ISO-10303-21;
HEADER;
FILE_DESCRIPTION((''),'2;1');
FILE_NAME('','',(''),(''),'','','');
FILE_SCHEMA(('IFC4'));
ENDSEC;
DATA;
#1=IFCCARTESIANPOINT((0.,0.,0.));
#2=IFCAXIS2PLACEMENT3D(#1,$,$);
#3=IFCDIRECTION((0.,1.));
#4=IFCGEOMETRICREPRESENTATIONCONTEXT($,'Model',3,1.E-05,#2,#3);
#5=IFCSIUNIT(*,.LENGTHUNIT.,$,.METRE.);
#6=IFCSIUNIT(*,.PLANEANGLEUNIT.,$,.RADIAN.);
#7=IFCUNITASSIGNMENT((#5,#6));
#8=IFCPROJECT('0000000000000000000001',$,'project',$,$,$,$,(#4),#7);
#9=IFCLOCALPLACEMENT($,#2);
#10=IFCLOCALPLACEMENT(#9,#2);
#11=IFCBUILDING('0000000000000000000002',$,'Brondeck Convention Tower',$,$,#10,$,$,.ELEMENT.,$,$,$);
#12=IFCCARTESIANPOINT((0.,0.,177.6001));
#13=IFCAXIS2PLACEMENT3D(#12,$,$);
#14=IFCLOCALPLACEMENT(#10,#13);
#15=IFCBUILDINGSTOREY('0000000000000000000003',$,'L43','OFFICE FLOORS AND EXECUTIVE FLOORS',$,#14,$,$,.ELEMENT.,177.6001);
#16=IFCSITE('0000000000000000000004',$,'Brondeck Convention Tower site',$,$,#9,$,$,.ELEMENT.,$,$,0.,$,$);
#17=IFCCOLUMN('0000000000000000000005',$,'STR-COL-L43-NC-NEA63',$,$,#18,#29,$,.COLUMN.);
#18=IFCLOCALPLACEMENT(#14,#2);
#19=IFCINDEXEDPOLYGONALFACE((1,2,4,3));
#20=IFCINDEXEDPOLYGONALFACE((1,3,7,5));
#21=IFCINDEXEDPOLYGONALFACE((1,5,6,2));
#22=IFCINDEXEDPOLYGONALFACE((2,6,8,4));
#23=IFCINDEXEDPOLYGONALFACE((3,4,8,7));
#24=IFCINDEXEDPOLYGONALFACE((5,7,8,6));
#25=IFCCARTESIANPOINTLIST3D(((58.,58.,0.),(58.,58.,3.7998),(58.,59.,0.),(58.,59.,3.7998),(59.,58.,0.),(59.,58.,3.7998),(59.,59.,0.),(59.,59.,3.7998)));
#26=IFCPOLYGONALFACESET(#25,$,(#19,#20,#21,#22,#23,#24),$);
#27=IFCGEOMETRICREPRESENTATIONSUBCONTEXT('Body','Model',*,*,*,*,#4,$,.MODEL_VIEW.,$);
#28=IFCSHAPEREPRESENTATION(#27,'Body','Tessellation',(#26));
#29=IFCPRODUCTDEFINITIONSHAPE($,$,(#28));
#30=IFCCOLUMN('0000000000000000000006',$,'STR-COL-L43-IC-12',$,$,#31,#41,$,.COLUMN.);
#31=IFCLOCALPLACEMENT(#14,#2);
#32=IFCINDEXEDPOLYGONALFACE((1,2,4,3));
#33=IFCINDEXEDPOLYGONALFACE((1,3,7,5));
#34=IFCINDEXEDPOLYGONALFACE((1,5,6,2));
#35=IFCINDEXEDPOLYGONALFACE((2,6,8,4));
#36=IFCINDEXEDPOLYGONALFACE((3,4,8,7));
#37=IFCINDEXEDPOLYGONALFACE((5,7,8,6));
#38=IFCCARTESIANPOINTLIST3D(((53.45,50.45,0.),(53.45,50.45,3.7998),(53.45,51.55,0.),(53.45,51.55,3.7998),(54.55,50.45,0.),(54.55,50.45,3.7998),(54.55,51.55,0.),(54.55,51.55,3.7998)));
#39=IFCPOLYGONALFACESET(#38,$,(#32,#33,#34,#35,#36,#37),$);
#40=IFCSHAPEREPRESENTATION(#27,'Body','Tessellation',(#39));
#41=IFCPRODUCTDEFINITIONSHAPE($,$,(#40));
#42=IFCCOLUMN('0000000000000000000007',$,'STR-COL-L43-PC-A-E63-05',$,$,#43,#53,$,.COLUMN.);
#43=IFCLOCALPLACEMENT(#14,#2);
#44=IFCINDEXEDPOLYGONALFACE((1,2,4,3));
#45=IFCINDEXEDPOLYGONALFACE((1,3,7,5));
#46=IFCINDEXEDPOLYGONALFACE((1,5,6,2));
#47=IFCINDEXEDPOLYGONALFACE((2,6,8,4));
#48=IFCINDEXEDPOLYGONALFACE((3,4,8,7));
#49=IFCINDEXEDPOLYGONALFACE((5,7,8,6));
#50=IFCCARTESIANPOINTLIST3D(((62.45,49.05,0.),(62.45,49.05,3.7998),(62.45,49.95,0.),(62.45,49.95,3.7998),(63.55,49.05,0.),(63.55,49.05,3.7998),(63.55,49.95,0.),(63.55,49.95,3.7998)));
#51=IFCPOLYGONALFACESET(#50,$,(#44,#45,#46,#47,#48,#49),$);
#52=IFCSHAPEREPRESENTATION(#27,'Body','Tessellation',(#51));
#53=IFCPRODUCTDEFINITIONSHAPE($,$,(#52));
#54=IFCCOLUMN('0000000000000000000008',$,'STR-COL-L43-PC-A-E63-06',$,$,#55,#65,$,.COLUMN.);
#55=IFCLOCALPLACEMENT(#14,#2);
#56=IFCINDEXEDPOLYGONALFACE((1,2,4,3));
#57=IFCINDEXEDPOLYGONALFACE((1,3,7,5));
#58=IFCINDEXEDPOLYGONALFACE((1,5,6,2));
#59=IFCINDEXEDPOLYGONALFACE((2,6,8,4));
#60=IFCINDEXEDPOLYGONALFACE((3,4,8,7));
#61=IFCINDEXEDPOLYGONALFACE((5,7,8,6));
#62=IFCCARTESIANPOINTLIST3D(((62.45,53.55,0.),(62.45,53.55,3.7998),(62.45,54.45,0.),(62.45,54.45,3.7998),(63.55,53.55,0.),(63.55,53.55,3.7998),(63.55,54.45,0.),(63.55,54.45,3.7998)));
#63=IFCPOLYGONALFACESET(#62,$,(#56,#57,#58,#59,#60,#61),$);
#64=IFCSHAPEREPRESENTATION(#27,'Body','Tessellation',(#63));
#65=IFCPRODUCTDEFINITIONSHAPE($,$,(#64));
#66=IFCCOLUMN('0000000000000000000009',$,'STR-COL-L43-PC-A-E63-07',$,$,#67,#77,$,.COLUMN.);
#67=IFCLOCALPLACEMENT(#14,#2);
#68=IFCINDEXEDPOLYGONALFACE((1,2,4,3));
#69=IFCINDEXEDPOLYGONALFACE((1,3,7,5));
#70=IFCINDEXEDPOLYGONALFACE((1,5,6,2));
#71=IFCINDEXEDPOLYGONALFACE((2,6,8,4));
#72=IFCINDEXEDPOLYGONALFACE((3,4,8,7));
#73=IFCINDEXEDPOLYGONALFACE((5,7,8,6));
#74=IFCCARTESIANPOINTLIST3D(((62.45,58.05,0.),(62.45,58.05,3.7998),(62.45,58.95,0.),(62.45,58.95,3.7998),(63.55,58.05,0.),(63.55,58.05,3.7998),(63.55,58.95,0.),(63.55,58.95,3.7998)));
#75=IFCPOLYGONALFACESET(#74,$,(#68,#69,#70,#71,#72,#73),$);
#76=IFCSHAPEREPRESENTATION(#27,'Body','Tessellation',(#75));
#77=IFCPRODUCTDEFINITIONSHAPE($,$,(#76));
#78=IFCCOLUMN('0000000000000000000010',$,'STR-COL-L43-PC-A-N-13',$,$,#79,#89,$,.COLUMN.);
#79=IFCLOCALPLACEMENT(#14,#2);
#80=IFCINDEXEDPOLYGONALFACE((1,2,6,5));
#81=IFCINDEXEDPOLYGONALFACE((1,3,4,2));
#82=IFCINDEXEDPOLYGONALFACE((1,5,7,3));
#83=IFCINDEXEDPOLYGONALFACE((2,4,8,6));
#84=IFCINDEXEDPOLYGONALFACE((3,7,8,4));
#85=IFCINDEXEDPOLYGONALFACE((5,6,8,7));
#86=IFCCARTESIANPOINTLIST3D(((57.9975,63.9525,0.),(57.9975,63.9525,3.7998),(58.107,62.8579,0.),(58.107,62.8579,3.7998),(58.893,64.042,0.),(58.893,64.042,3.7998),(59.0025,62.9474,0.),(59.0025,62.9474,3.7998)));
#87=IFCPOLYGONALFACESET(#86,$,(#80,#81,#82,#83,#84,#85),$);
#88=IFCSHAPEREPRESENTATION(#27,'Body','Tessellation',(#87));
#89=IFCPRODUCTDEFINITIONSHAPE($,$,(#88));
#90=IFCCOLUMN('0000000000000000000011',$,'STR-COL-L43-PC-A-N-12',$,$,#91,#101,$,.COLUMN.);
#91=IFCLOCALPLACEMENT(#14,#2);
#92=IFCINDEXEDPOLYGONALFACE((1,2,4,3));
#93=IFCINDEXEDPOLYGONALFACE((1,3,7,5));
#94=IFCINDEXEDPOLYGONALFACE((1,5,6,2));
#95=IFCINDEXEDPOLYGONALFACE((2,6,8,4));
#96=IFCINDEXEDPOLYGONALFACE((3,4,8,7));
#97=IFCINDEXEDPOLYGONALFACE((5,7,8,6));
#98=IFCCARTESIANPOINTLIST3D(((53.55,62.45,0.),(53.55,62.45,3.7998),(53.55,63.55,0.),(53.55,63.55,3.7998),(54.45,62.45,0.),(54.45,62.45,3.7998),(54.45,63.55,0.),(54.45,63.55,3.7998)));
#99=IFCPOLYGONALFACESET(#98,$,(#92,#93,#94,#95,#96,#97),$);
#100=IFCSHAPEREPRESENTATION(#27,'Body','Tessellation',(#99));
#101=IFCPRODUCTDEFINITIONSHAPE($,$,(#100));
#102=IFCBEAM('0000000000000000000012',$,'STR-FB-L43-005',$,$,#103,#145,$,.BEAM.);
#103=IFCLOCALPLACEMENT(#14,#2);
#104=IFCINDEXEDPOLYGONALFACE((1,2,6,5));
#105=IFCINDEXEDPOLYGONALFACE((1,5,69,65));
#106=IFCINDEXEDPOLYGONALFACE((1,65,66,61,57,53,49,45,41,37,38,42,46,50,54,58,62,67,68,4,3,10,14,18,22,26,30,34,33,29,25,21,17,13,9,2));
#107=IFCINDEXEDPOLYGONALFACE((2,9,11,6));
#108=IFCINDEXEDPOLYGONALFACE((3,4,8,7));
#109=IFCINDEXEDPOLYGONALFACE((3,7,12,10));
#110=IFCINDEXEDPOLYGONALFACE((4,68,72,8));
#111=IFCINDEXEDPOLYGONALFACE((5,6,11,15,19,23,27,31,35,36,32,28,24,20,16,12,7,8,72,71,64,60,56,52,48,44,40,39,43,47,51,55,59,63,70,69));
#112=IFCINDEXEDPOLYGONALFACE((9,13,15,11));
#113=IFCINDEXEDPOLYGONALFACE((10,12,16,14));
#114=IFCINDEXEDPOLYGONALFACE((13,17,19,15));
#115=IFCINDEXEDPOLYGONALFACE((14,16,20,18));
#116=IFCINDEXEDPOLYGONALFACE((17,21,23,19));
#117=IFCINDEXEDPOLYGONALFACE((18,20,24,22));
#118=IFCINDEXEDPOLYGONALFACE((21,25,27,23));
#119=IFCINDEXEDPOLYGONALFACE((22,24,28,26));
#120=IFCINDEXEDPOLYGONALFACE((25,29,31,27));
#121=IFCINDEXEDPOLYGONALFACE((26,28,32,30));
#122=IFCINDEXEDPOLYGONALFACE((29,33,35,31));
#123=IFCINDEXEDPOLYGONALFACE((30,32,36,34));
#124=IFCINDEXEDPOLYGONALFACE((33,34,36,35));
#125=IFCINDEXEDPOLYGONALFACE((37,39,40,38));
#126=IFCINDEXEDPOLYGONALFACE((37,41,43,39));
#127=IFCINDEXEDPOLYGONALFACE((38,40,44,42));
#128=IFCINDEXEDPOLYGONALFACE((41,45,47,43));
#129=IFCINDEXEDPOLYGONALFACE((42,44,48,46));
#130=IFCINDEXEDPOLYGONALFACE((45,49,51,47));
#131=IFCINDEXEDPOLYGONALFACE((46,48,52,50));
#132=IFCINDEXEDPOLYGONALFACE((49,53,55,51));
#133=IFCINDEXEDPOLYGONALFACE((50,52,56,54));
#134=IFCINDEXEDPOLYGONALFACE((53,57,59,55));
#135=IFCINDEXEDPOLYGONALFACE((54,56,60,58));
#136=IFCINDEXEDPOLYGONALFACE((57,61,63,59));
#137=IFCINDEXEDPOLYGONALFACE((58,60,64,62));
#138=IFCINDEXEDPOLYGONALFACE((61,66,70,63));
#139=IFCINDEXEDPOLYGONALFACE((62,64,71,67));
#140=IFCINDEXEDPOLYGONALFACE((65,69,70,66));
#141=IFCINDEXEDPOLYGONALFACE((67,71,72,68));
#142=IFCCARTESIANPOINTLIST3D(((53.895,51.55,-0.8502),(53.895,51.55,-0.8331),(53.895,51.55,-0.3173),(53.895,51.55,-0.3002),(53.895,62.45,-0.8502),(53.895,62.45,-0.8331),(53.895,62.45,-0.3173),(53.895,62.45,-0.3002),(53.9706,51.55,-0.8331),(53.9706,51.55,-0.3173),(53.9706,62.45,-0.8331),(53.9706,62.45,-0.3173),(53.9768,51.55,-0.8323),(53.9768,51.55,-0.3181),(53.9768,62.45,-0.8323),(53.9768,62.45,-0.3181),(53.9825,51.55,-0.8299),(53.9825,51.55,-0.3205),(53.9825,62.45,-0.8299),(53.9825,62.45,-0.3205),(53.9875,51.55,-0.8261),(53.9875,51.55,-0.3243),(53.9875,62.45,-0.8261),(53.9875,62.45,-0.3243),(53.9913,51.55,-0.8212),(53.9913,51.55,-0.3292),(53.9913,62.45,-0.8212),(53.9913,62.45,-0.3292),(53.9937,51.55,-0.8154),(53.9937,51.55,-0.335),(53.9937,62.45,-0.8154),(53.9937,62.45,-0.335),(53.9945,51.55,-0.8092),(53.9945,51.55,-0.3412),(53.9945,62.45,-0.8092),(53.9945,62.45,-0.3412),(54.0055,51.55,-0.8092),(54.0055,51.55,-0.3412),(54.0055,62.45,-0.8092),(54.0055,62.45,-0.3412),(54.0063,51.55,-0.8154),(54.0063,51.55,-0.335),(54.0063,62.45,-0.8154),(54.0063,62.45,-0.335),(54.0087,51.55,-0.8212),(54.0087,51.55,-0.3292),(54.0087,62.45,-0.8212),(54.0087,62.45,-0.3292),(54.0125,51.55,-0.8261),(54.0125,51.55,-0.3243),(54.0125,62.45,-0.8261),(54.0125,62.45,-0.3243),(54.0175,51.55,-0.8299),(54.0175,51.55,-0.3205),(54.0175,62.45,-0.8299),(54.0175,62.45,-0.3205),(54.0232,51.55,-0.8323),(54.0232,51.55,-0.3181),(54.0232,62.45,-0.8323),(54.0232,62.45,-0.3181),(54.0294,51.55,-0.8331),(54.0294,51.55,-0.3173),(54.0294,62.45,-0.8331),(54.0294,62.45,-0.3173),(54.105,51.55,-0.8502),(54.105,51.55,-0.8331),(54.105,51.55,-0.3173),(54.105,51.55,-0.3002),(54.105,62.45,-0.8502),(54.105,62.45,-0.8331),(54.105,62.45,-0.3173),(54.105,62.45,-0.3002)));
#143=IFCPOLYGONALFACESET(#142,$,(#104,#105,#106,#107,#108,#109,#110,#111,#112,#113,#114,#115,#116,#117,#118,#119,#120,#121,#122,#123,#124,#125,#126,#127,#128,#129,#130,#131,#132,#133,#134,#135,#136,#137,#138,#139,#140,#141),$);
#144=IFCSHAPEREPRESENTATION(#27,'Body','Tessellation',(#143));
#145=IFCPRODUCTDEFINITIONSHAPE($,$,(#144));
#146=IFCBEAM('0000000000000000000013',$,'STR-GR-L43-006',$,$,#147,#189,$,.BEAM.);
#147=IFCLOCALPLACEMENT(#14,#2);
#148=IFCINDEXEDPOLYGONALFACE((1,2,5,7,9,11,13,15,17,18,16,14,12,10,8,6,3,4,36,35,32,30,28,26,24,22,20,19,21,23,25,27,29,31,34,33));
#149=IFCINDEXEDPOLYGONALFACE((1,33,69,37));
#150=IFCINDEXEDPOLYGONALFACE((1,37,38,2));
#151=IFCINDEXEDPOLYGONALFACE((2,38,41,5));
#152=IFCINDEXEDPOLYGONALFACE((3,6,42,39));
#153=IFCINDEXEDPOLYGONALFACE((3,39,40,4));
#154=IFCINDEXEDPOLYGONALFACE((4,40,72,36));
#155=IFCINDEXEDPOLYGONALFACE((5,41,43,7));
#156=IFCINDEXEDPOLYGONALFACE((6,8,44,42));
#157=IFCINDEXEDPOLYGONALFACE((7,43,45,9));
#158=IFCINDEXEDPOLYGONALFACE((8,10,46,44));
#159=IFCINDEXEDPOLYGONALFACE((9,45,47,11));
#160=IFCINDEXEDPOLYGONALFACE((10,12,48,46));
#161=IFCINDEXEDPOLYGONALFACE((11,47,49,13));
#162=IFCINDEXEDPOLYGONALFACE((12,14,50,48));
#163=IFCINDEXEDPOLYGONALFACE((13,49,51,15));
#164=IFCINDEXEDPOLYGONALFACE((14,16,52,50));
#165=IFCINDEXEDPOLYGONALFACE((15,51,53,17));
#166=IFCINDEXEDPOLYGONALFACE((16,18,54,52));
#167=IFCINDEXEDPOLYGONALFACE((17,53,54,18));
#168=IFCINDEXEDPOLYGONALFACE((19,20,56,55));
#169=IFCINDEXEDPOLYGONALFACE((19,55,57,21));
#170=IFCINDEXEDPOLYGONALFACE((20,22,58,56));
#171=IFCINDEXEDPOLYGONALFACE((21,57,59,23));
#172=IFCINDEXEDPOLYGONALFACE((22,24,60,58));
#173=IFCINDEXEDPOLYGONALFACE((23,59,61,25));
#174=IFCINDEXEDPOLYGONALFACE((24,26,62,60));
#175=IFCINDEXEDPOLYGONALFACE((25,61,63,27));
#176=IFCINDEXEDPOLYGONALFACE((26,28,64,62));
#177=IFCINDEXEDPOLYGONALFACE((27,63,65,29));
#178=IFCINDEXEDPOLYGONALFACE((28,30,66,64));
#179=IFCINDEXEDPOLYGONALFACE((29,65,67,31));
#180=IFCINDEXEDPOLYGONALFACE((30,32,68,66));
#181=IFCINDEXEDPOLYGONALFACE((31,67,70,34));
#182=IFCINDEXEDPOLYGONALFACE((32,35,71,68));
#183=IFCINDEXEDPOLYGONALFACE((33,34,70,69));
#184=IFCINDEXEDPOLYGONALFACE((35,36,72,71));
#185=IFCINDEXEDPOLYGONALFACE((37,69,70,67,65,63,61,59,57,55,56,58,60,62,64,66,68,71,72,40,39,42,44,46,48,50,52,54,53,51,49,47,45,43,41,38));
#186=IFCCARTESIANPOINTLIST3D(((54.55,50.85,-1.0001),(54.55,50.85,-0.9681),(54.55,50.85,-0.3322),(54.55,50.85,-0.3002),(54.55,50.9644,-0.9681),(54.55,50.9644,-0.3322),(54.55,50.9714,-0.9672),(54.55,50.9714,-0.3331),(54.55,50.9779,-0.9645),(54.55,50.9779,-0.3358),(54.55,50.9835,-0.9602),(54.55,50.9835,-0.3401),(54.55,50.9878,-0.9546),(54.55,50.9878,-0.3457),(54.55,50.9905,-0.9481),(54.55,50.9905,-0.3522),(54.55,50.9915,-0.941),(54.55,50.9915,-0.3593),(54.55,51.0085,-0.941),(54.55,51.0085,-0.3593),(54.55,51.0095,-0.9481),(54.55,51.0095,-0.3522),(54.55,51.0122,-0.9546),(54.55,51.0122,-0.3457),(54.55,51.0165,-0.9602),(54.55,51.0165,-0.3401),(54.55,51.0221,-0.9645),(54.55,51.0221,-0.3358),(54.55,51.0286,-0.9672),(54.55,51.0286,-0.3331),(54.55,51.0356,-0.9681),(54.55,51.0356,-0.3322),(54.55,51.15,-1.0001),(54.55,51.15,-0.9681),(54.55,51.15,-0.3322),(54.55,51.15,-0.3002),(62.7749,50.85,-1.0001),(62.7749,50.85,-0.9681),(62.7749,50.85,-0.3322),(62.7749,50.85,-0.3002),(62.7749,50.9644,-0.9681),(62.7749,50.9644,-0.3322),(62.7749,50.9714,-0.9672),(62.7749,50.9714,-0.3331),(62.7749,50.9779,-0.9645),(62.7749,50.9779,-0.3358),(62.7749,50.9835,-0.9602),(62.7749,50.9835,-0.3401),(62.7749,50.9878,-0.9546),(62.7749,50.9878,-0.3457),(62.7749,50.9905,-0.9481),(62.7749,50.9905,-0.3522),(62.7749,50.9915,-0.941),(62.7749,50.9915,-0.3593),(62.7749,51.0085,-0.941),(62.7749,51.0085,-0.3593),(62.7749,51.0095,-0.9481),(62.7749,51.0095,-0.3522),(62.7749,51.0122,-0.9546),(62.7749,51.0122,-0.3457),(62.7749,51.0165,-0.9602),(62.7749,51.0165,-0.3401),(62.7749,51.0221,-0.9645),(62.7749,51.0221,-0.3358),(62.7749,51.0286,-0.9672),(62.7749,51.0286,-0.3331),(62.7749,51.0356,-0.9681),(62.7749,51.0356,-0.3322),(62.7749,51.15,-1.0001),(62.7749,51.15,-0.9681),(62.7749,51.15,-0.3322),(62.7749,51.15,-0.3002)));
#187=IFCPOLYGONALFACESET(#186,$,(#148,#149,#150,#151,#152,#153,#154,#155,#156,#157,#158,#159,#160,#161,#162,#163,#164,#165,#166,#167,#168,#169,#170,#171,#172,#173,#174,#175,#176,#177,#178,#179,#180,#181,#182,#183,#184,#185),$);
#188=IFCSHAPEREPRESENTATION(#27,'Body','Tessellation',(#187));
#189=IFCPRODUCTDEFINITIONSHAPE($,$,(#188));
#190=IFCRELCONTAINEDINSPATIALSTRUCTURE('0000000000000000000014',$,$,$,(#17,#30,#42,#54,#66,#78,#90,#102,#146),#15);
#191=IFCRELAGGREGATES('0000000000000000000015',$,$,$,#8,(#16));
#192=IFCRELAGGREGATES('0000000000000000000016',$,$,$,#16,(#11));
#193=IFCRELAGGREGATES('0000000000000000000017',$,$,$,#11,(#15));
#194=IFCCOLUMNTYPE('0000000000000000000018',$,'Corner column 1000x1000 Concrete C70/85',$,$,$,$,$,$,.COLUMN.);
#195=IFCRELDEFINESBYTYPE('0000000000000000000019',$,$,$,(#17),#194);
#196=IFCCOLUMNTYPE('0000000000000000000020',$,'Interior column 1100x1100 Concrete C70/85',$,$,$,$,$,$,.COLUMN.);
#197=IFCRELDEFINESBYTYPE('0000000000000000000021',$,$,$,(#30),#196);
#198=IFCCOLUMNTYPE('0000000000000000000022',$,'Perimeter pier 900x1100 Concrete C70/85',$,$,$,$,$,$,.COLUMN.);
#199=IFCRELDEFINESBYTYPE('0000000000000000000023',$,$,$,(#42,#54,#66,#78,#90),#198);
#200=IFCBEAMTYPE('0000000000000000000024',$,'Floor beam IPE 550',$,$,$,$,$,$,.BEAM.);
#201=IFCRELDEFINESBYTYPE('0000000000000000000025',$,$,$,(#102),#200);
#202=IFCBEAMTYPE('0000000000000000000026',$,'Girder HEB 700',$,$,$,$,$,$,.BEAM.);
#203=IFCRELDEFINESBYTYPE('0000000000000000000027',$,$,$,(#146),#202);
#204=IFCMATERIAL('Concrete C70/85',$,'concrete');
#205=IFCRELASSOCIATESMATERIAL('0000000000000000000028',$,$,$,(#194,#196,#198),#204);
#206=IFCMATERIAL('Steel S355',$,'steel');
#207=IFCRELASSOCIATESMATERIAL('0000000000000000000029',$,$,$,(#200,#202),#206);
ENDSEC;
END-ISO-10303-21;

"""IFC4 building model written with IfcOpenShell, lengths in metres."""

from ifc_helpers import new_model, si_unit, direction, frame, origin, origin_2d, place, context, subcontext, project, spatial, rectangle, i_section, extrude, material, material_profile, profile_set, type_object, element, save


model = new_model("IFC4")

# Units and contexts
model_context = context("Model", 3, precision=1e-05, world=origin(), true_north=direction((0.0, 1.0)))
body_context = subcontext(model_context, "Body", "Model", "MODEL_VIEW")
ifc_project = project(units=[si_unit("LENGTHUNIT", "METRE"), si_unit("PLANEANGLEUNIT", "RADIAN")], contexts=[model_context])

# Site, building, storey
site_placement = place(None, origin())
site = spatial("IfcSite", under=ifc_project, at=site_placement, Name="Brondeck Convention Tower site", CompositionType="ELEMENT", RefElevation=0.0)
building_placement = place(site_placement, origin())
building = spatial("IfcBuilding", under=site, at=building_placement, Name="Brondeck Convention Tower", CompositionType="ELEMENT")
storey_placement = place(building_placement, frame((0.0, 0.0, 177.6001)))
storey = spatial("IfcBuildingStorey", under=building, at=storey_placement, Name="L43", Description="OFFICE FLOORS AND EXECUTIVE FLOORS", CompositionType="ELEMENT", Elevation=177.6001)

# Columns
ifc_material_1 = material(Name="Concrete C70/85", Category="concrete")
ifc_material_profile_1 = material_profile(ifc_material_1, rectangle(XDim=1.0, YDim=1.0, at=origin_2d()), Name="Corner column 1000x1000 Concrete C70/85")
ifc_profile_set_1 = profile_set([ifc_material_profile_1], Name="Concrete C70/85")
column_type_1 = type_object("IfcColumnType", Name="Corner column 1000x1000 Concrete C70/85", PredefinedType="COLUMN", material=ifc_profile_set_1)
column_1_placement = place(storey_placement, frame((58.5, 58.5, 0.0), z_axis=(0.0, 0.0, 1.0), x_axis=(1.0, 0.0, 0.0)))
element("IfcColumn", 1, at=column_1_placement, inside=storey, type_object=column_type_1, Name="STR-COL-L43-NC-NEA63", PredefinedType="COLUMN", context=body_context, shape_type="SweptSolid", body=[
    extrude(rectangle(XDim=1.0, YDim=1.0, at=origin_2d()), origin(), (0.0, 0.0, 1.0), 3.7998),
])
ifc_material_profile_2 = material_profile(ifc_material_1, rectangle(XDim=1.1001, YDim=1.1001, at=origin_2d()), Name="Interior column 1100x1100 Concrete C70/85")
ifc_profile_set_2 = profile_set([ifc_material_profile_2], Name="Concrete C70/85")
column_type_2 = type_object("IfcColumnType", Name="Interior column 1100x1100 Concrete C70/85", PredefinedType="COLUMN", material=ifc_profile_set_2)
column_2_placement = place(storey_placement, frame((54.0, 51.0, 0.0), z_axis=(0.0, 0.0, 1.0), x_axis=(1.0, 0.0, 0.0)))
element("IfcColumn", 2, at=column_2_placement, inside=storey, type_object=column_type_2, Name="STR-COL-L43-IC-12", PredefinedType="COLUMN", context=body_context, shape_type="SweptSolid", body=[
    extrude(rectangle(XDim=1.1001, YDim=1.1001, at=origin_2d()), origin(), (0.0, 0.0, 1.0), 3.7998),
])
ifc_material_profile_3 = material_profile(ifc_material_1, rectangle(XDim=0.8999, YDim=1.1001, at=origin_2d()), Name="Perimeter pier 900x1100 Concrete C70/85")
ifc_profile_set_3 = profile_set([ifc_material_profile_3], Name="Concrete C70/85")
column_type_3 = type_object("IfcColumnType", Name="Perimeter pier 900x1100 Concrete C70/85", PredefinedType="COLUMN", material=ifc_profile_set_3)
for number, where, z_axis, x_axis, name in (
    (3, (63.0, 49.5, 0.0), (0.0, 0.0, 1.0), (0.0, 1.0, 0.0), "STR-COL-L43-PC-A-E63-05"),
    (4, (63.0, 54.0, 0.0), (0.0, 0.0, 1.0), (0.0, 1.0, 0.0), "STR-COL-L43-PC-A-E63-06"),
    (5, (63.0, 58.5, 0.0), (0.0, 0.0, 1.0), (0.0, 1.0, 0.0), "STR-COL-L43-PC-A-E63-07"),
    (6, (58.5, 63.45, 0.0), (0.0, 0.0, 1.0), (-0.995037, -0.099504, 0.0), "STR-COL-L43-PC-A-N-13"),
    (7, (54.0, 63.0, 0.0), (0.0, 0.0, 1.0), (-1.0, 0.0, 0.0), "STR-COL-L43-PC-A-N-12"),
):
    element("IfcColumn", number, at=place(storey_placement, frame(where, z_axis=z_axis, x_axis=x_axis)), inside=storey, type_object=column_type_3, Name=name, PredefinedType="COLUMN", context=body_context, shape_type="SweptSolid", body=[
        extrude(rectangle(XDim=0.8999, YDim=1.1001, at=origin_2d()), origin(), (0.0, 0.0, 1.0), 3.7998),
    ])

# Beams
ifc_material_2 = material(Name="Steel S355", Category="steel")
ifc_material_profile_4 = material_profile(ifc_material_2, i_section(OverallWidth=0.21, OverallDepth=0.55, WebThickness=0.011, FlangeThickness=0.0171, FilletRadius=0.0239, at=origin_2d()), Name="IPE 550")
ifc_profile_set_4 = profile_set([ifc_material_profile_4], Name="Steel S355")
beam_type_1 = type_object("IfcBeamType", Name="Floor beam IPE 550", PredefinedType="BEAM", material=ifc_profile_set_4)
beam_1_placement = place(storey_placement, frame((54.0, 51.55, -0.5752), z_axis=(0.0, 1.0, 0.0), x_axis=(-1.0, 0.0, 0.0)))
element("IfcBeam", 8, at=beam_1_placement, inside=storey, type_object=beam_type_1, Name="STR-FB-L43-005", PredefinedType="BEAM", context=body_context, shape_type="SweptSolid", body=[
    extrude(i_section(OverallWidth=0.21, OverallDepth=0.55, WebThickness=0.011, FlangeThickness=0.0171, FilletRadius=0.0239, at=origin_2d()), origin(), (0.0, 0.0, 1.0), 10.8999),
])
ifc_material_profile_5 = material_profile(ifc_material_2, i_section(OverallWidth=0.3, OverallDepth=0.7, WebThickness=0.0171, FlangeThickness=0.032, FilletRadius=0.0271, at=origin_2d()), Name="HEB 700")
ifc_profile_set_5 = profile_set([ifc_material_profile_5], Name="Steel S355")
beam_type_2 = type_object("IfcBeamType", Name="Girder HEB 700", PredefinedType="BEAM", material=ifc_profile_set_5)
beam_2_placement = place(storey_placement, frame((54.55, 51.0, -0.6501), z_axis=(1.0, 0.0, 0.0), x_axis=(0.0, 1.0, 0.0)))
element("IfcBeam", 9, at=beam_2_placement, inside=storey, type_object=beam_type_2, Name="STR-GR-L43-006", PredefinedType="BEAM", context=body_context, shape_type="SweptSolid", body=[
    extrude(i_section(OverallWidth=0.3, OverallDepth=0.7, WebThickness=0.0171, FlangeThickness=0.032, FilletRadius=0.0271, at=origin_2d()), origin(), (0.0, 0.0, 1.0), 8.2249),
])

save(model, "model.ifc")
